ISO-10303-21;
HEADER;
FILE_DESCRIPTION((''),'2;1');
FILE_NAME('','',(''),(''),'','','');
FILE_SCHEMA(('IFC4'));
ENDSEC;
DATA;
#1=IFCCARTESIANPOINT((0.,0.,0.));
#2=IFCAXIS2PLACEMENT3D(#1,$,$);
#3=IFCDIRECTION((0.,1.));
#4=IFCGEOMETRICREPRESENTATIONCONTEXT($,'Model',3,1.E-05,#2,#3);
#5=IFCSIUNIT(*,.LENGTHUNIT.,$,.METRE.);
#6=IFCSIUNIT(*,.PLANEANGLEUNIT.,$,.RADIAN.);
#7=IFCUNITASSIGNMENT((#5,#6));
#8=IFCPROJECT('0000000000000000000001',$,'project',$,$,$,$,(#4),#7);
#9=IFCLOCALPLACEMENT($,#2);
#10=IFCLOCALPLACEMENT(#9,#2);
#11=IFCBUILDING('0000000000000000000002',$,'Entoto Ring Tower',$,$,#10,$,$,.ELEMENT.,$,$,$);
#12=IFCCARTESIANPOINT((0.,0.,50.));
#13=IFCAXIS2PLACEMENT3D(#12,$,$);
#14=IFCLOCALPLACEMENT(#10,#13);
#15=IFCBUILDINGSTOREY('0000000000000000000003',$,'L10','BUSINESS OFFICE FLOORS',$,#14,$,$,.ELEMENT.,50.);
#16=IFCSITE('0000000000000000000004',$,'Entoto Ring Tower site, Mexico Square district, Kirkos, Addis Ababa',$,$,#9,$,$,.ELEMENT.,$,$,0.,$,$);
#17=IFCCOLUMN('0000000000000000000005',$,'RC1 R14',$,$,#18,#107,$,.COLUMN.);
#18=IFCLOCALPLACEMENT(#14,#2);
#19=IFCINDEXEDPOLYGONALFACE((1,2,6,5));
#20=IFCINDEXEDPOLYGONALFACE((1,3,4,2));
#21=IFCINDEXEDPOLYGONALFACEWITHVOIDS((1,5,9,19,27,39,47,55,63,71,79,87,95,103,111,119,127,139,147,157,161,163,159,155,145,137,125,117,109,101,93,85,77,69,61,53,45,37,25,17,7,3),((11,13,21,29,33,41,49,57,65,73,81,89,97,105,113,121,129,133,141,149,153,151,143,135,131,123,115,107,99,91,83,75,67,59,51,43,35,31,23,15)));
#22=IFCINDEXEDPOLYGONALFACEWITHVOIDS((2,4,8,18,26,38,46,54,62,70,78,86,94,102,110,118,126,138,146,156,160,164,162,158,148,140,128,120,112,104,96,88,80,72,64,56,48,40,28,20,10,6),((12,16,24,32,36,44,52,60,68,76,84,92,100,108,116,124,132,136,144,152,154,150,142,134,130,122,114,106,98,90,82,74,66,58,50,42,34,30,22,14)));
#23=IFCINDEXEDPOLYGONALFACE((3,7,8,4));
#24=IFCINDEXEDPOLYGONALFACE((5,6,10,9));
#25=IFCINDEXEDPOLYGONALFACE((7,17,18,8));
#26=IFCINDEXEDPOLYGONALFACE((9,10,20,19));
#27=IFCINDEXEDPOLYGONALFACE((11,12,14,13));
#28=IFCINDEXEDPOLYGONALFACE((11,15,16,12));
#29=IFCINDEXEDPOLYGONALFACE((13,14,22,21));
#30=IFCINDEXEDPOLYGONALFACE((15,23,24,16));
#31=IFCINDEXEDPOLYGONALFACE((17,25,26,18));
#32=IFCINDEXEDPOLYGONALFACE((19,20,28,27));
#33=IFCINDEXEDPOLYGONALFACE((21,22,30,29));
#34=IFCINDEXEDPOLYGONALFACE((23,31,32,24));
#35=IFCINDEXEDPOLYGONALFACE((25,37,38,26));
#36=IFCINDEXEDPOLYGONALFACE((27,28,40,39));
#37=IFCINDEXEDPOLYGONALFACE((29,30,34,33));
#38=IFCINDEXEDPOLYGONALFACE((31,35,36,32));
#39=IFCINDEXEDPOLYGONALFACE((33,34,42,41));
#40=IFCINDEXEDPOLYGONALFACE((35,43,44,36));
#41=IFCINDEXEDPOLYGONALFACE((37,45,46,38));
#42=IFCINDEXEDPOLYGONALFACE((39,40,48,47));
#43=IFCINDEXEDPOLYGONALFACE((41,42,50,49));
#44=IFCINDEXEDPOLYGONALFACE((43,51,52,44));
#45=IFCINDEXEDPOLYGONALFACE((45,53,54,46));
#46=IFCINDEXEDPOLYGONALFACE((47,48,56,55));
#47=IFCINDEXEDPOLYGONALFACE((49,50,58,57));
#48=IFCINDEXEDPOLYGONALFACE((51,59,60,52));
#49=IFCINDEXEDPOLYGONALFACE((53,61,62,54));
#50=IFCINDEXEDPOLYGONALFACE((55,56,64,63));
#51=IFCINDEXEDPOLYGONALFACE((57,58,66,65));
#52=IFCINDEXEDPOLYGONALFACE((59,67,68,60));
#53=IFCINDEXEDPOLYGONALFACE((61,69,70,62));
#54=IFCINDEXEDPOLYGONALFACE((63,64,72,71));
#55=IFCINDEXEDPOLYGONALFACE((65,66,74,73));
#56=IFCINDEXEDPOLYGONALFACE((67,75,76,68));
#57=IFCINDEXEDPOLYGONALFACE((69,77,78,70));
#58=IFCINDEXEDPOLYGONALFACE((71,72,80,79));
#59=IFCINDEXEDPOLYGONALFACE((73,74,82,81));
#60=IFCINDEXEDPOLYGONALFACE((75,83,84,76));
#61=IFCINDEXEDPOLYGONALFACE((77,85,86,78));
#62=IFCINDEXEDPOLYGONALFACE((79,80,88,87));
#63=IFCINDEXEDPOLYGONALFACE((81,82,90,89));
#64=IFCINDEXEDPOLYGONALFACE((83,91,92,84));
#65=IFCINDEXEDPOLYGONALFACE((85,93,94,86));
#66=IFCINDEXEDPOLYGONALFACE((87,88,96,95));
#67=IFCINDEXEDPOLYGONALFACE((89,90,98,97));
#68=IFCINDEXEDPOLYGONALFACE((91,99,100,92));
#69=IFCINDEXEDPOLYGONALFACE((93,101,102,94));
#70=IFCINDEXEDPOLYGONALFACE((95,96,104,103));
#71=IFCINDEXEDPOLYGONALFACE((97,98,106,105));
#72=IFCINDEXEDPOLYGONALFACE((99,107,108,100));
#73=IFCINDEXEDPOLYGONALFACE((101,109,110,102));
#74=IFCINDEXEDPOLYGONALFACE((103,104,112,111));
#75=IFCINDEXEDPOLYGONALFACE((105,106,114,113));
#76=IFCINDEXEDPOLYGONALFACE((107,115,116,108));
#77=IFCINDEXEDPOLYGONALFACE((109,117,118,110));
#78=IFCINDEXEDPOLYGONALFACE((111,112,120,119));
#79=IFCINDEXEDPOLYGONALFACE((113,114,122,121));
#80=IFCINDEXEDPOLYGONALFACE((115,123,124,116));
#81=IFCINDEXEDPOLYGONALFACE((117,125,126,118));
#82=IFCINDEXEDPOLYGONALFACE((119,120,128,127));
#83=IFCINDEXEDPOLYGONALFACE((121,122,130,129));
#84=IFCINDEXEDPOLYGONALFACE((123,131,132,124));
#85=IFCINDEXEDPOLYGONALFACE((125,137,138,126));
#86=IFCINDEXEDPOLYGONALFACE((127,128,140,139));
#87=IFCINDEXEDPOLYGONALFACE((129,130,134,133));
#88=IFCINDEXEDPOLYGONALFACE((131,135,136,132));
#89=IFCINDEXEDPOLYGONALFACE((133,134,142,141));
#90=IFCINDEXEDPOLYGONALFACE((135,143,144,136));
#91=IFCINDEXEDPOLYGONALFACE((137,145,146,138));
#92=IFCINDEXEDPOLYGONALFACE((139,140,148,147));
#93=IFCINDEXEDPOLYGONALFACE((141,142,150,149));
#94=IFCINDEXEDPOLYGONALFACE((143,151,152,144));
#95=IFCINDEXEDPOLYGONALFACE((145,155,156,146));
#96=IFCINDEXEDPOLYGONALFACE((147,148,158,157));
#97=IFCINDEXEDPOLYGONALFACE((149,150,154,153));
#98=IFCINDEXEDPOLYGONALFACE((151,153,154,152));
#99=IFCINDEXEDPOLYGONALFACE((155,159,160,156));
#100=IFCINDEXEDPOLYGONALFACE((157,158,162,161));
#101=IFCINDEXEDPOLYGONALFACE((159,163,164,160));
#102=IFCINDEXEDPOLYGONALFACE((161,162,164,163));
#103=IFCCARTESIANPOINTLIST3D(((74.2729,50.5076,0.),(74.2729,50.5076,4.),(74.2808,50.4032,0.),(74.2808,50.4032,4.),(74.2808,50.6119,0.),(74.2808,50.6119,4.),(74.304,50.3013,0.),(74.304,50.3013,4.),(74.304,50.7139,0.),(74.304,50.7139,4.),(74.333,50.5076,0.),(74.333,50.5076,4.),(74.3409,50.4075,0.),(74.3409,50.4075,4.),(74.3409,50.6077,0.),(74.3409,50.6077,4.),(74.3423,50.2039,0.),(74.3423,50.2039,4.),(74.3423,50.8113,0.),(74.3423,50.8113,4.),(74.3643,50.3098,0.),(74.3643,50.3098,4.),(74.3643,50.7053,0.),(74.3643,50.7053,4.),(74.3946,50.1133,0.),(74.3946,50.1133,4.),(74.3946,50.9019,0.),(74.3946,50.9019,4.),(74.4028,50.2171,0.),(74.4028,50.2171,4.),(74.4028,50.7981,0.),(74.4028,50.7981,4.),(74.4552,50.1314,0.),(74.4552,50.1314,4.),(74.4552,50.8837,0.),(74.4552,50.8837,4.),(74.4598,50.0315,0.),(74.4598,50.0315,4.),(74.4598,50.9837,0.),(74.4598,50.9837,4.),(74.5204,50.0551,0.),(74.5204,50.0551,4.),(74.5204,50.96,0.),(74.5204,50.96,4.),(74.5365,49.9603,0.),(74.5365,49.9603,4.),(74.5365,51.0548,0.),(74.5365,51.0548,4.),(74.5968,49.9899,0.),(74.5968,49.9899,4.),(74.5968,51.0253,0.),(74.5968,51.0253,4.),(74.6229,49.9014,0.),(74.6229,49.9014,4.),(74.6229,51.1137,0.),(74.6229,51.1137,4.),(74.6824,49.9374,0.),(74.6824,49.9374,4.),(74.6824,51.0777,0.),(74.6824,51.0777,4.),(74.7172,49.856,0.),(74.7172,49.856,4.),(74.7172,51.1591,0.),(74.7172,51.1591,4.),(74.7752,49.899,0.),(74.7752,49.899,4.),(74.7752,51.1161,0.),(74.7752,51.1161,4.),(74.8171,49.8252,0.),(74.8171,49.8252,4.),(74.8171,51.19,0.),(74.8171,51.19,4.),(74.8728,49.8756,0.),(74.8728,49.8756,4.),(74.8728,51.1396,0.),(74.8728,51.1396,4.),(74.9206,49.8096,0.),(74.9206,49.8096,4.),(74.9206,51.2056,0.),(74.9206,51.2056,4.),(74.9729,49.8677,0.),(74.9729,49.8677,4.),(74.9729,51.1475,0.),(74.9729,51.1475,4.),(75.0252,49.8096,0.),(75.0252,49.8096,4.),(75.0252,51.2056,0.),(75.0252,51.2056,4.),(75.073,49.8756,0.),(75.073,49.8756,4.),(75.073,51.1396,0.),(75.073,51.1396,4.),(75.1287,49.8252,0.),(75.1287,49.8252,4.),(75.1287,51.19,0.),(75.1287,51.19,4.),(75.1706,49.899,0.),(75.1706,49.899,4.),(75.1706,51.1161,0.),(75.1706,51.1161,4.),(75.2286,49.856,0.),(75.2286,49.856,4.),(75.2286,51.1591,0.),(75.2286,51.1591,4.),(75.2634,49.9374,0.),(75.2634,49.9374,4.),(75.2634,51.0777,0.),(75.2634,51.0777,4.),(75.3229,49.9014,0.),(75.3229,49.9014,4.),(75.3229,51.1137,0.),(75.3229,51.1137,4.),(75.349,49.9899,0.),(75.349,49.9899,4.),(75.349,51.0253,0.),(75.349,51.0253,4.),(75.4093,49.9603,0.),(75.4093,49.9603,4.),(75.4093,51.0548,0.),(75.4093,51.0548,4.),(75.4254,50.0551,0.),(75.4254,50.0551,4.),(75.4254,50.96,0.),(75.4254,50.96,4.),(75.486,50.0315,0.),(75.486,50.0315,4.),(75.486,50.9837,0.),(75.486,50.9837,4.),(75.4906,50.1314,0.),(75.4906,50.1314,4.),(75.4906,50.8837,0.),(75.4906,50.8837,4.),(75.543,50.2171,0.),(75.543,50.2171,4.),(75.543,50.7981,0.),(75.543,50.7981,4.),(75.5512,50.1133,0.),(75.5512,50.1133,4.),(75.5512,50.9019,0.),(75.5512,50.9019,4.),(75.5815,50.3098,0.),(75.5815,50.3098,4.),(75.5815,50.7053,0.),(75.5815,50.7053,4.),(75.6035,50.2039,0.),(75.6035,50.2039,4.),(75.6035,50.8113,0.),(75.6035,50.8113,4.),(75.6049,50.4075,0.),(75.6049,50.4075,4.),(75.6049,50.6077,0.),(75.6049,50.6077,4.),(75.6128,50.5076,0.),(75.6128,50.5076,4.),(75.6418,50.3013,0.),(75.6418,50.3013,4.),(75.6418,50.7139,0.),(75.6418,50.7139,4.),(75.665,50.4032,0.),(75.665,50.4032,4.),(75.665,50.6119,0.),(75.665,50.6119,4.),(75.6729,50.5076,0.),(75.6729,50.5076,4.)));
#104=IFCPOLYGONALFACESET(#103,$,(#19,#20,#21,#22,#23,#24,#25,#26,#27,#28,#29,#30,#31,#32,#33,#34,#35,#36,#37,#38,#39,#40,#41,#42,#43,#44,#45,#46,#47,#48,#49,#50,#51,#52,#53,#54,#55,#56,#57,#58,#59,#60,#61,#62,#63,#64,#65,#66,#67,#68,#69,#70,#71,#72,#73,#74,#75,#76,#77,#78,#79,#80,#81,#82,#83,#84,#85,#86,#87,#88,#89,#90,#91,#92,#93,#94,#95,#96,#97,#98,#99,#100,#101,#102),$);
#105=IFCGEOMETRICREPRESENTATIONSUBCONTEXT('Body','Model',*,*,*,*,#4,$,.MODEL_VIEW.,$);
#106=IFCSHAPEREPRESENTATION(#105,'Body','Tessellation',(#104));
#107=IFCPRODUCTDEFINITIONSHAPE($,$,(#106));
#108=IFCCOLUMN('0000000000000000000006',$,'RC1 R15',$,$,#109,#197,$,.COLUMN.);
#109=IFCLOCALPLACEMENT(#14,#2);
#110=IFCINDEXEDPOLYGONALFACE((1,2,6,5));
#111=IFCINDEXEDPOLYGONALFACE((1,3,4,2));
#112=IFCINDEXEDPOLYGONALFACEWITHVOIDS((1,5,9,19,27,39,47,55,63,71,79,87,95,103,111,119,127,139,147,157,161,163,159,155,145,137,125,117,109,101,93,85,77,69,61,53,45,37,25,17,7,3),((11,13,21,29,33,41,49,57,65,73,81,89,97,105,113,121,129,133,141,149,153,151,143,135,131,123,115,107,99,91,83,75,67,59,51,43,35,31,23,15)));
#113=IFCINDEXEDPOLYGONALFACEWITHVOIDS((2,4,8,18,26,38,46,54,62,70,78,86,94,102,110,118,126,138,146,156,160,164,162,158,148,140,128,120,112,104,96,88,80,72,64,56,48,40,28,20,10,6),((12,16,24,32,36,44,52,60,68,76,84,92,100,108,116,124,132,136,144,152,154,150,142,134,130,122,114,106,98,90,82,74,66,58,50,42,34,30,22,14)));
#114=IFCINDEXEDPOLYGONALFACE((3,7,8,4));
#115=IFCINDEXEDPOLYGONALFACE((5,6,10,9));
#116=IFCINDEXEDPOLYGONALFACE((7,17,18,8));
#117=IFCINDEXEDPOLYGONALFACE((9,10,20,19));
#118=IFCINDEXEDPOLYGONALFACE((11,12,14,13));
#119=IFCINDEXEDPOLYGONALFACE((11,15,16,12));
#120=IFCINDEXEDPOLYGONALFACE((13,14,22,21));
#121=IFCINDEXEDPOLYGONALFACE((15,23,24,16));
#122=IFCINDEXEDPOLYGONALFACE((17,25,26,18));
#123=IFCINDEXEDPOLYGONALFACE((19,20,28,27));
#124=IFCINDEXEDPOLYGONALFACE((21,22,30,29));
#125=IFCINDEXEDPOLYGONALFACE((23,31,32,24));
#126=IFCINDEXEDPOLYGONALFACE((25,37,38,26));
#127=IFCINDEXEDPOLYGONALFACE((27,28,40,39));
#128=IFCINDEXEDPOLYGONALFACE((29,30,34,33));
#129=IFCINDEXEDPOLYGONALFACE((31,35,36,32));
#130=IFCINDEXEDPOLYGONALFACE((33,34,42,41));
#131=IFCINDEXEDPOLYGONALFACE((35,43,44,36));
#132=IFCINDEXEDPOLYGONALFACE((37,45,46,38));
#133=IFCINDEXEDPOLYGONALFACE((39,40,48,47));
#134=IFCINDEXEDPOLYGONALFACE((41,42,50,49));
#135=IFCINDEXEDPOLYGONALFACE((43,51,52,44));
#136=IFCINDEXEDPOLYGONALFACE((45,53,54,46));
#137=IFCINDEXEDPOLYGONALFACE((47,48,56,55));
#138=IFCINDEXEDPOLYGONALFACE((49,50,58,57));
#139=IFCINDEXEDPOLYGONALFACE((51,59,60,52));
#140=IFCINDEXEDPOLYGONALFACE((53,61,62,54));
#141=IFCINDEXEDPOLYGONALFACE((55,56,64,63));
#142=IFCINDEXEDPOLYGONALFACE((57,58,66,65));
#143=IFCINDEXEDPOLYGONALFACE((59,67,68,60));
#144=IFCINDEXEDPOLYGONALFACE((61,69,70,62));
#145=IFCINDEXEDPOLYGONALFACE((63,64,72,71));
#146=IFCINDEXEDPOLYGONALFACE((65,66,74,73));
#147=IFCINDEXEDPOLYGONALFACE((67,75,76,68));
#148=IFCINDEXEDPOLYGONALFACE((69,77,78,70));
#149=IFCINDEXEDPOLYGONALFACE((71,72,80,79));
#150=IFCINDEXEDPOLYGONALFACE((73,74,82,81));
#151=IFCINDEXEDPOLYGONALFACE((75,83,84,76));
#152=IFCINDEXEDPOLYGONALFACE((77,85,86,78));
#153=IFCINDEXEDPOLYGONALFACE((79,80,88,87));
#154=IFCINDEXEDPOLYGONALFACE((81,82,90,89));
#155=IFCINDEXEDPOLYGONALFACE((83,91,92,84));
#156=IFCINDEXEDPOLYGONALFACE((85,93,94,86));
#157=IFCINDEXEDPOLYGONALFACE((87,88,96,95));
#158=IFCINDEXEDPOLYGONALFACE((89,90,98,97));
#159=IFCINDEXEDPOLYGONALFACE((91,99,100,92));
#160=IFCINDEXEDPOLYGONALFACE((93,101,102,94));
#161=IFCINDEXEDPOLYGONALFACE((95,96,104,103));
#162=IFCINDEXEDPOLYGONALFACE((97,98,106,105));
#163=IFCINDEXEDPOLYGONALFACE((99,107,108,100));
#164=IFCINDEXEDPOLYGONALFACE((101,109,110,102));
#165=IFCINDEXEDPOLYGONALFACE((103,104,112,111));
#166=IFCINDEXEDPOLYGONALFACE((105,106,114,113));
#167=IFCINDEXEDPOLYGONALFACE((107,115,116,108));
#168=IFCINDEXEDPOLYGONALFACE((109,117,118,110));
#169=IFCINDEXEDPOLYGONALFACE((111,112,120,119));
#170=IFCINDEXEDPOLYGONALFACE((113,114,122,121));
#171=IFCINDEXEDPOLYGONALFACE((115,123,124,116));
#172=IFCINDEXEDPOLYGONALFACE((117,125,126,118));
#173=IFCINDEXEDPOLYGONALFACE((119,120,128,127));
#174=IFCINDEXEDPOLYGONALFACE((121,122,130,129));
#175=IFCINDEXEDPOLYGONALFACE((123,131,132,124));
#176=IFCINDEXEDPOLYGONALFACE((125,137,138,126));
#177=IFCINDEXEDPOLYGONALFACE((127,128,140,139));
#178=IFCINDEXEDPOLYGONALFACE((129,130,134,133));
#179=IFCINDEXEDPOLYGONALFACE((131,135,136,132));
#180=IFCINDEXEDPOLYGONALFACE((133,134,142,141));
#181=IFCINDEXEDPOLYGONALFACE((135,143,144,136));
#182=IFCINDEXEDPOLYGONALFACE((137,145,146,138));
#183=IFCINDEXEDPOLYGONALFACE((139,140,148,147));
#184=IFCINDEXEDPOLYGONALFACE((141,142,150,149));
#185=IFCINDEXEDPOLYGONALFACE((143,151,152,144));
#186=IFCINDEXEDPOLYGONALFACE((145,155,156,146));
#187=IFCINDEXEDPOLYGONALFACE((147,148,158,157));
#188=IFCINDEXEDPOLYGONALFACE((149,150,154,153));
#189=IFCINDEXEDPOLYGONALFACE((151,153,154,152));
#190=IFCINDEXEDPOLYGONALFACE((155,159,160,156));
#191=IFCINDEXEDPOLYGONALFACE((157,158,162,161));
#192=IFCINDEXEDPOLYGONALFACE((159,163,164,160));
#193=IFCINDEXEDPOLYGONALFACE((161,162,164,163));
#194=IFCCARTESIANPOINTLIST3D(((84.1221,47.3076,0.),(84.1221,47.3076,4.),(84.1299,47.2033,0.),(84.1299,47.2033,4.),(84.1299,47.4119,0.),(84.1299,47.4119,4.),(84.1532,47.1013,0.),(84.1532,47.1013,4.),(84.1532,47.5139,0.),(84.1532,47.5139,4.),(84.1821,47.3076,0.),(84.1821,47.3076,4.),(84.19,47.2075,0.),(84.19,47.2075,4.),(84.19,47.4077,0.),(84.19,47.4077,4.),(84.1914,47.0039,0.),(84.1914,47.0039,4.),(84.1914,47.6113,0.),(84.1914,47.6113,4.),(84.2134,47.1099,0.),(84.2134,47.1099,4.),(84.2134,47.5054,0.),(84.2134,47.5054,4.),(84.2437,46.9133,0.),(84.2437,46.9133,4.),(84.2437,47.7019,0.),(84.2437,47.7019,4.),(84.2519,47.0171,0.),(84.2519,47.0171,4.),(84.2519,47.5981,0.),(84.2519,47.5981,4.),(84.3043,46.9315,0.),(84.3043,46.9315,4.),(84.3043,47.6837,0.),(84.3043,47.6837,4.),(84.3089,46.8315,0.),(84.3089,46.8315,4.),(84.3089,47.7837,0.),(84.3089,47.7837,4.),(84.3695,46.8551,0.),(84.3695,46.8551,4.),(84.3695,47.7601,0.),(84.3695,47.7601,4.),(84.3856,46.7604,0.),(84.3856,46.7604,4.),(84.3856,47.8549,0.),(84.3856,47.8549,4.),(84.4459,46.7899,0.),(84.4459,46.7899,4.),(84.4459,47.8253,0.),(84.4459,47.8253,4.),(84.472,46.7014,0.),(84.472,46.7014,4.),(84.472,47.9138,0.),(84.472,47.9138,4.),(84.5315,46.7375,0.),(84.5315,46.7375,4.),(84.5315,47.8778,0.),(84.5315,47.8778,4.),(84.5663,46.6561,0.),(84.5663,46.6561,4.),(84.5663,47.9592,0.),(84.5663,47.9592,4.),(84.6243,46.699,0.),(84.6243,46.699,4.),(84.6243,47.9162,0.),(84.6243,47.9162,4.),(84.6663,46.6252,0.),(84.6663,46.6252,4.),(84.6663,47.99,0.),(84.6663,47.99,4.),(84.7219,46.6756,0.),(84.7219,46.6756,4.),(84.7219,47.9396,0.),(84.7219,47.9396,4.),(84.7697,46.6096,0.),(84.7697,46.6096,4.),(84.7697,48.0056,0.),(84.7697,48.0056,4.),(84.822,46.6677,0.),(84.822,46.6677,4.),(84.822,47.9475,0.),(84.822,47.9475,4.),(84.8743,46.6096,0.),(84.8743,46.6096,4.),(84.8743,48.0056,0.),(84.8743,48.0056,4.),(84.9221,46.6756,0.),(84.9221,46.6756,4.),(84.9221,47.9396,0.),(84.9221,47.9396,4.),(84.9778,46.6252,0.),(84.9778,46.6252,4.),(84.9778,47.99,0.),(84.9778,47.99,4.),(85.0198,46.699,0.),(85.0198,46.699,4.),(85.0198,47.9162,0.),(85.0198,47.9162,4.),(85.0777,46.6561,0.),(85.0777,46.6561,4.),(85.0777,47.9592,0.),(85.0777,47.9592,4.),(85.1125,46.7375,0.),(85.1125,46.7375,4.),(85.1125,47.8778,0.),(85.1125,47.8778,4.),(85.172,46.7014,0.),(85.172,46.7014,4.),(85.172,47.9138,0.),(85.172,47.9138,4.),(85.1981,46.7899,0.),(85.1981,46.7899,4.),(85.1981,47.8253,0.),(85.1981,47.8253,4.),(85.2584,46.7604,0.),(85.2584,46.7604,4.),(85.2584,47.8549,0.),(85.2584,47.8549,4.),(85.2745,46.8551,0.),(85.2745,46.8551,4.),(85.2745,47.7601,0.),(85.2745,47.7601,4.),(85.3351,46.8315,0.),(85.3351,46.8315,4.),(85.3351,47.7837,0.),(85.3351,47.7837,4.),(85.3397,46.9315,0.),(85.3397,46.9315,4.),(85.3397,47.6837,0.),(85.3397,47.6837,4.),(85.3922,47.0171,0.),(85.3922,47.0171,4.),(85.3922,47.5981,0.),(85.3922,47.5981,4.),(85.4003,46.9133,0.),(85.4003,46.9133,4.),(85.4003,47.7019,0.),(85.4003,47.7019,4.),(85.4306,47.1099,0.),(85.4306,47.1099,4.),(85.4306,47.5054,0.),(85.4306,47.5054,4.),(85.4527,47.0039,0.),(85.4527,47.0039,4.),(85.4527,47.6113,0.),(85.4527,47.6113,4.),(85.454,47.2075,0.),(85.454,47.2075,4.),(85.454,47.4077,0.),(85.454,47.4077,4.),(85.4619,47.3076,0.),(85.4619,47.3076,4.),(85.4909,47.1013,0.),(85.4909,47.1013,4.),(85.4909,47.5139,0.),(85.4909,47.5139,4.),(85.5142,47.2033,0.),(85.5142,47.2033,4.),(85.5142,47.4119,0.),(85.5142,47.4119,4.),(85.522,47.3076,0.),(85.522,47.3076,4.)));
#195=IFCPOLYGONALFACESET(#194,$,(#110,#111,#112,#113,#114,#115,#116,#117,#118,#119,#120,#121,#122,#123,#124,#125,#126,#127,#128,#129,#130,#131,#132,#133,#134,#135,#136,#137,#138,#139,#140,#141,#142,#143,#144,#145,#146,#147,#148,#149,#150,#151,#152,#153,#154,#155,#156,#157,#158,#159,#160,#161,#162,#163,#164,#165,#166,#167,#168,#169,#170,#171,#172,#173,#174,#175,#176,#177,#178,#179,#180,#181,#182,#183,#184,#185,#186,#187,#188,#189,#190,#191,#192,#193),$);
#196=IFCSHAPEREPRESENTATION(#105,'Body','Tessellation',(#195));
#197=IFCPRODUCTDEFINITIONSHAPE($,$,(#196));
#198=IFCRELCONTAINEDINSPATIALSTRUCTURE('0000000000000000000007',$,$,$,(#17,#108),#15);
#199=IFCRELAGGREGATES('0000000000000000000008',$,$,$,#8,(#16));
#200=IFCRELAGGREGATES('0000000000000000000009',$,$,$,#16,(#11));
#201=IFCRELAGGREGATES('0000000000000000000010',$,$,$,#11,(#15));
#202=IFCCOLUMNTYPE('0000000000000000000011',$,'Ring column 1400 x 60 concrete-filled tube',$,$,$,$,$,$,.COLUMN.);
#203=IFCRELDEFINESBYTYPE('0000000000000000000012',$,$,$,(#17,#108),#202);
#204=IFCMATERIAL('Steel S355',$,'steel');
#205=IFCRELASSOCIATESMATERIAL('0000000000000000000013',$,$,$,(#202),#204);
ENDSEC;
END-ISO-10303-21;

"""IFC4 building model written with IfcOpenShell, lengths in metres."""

from ifc_helpers import new_model, si_unit, direction, frame, origin, origin_2d, place, context, subcontext, project, spatial, circle, hollow_circle, extrude, material, material_profile, profile_set, type_object, element, save


model = new_model("IFC4")

# Units and contexts
model_context = context("Model", 3, precision=1e-05, world=origin(), true_north=direction((0.0, 1.0)))
body_context = subcontext(model_context, "Body", "Model", "MODEL_VIEW")
ifc_project = project(units=[si_unit("LENGTHUNIT", "METRE"), si_unit("PLANEANGLEUNIT", "RADIAN")], contexts=[model_context])

# Site, building, storey
site_placement = place(None, origin())
site = spatial("IfcSite", under=ifc_project, at=site_placement, Name="Entoto Ring Tower site, Mexico Square district, Kirkos, Addis Ababa", CompositionType="ELEMENT", RefElevation=0.0)
building_placement = place(site_placement, origin())
building = spatial("IfcBuilding", under=site, at=building_placement, Name="Entoto Ring Tower", CompositionType="ELEMENT")
storey_placement = place(building_placement, frame((0.0, 0.0, 50.0)))
storey = spatial("IfcBuildingStorey", under=building, at=storey_placement, Name="L10", Description="BUSINESS OFFICE FLOORS", CompositionType="ELEMENT", Elevation=50.0)

# Columns
ifc_material_1 = material(Name="Steel S355", Category="steel")
ifc_material_profile_1 = material_profile(ifc_material_1, hollow_circle(Radius=0.7, WallThickness=0.0601, at=origin_2d()), Name="CHS 1400 x 60")
ifc_material_2 = material(Name="Concrete C60/75", Category="concrete")
ifc_material_profile_2 = material_profile(ifc_material_2, circle(Radius=0.6399, at=origin_2d()), Name="Concrete C60/75 infill")
ifc_profile_set_1 = profile_set([ifc_material_profile_1, ifc_material_profile_2], Name="Steel S355")
column_type = type_object("IfcColumnType", Name="Ring column 1400 x 60 concrete-filled tube", PredefinedType="COLUMN", material=ifc_profile_set_1)
for number, where, z_axis, x_axis, name in (
    (1, (74.9729, 50.5076, 0.0), (0.0, 0.0, 1.0), (1.0, 0.0, 0.0), "RC1 R14"),
    (2, (84.822, 47.3076, 0.0), (0.0, 0.0, 1.0), (1.0, 0.0, 0.0), "RC1 R15"),
):
    element("IfcColumn", number, at=place(storey_placement, frame(where, z_axis=z_axis, x_axis=x_axis)), inside=storey, type_object=column_type, Name=name, PredefinedType="COLUMN", context=body_context, shape_type="SweptSolid", body=[
        extrude(hollow_circle(Radius=0.7, WallThickness=0.0601, at=origin_2d()), origin(), (0.0, 0.0, 1.0), 4.0),
    ])

save(model, "model.ifc")
